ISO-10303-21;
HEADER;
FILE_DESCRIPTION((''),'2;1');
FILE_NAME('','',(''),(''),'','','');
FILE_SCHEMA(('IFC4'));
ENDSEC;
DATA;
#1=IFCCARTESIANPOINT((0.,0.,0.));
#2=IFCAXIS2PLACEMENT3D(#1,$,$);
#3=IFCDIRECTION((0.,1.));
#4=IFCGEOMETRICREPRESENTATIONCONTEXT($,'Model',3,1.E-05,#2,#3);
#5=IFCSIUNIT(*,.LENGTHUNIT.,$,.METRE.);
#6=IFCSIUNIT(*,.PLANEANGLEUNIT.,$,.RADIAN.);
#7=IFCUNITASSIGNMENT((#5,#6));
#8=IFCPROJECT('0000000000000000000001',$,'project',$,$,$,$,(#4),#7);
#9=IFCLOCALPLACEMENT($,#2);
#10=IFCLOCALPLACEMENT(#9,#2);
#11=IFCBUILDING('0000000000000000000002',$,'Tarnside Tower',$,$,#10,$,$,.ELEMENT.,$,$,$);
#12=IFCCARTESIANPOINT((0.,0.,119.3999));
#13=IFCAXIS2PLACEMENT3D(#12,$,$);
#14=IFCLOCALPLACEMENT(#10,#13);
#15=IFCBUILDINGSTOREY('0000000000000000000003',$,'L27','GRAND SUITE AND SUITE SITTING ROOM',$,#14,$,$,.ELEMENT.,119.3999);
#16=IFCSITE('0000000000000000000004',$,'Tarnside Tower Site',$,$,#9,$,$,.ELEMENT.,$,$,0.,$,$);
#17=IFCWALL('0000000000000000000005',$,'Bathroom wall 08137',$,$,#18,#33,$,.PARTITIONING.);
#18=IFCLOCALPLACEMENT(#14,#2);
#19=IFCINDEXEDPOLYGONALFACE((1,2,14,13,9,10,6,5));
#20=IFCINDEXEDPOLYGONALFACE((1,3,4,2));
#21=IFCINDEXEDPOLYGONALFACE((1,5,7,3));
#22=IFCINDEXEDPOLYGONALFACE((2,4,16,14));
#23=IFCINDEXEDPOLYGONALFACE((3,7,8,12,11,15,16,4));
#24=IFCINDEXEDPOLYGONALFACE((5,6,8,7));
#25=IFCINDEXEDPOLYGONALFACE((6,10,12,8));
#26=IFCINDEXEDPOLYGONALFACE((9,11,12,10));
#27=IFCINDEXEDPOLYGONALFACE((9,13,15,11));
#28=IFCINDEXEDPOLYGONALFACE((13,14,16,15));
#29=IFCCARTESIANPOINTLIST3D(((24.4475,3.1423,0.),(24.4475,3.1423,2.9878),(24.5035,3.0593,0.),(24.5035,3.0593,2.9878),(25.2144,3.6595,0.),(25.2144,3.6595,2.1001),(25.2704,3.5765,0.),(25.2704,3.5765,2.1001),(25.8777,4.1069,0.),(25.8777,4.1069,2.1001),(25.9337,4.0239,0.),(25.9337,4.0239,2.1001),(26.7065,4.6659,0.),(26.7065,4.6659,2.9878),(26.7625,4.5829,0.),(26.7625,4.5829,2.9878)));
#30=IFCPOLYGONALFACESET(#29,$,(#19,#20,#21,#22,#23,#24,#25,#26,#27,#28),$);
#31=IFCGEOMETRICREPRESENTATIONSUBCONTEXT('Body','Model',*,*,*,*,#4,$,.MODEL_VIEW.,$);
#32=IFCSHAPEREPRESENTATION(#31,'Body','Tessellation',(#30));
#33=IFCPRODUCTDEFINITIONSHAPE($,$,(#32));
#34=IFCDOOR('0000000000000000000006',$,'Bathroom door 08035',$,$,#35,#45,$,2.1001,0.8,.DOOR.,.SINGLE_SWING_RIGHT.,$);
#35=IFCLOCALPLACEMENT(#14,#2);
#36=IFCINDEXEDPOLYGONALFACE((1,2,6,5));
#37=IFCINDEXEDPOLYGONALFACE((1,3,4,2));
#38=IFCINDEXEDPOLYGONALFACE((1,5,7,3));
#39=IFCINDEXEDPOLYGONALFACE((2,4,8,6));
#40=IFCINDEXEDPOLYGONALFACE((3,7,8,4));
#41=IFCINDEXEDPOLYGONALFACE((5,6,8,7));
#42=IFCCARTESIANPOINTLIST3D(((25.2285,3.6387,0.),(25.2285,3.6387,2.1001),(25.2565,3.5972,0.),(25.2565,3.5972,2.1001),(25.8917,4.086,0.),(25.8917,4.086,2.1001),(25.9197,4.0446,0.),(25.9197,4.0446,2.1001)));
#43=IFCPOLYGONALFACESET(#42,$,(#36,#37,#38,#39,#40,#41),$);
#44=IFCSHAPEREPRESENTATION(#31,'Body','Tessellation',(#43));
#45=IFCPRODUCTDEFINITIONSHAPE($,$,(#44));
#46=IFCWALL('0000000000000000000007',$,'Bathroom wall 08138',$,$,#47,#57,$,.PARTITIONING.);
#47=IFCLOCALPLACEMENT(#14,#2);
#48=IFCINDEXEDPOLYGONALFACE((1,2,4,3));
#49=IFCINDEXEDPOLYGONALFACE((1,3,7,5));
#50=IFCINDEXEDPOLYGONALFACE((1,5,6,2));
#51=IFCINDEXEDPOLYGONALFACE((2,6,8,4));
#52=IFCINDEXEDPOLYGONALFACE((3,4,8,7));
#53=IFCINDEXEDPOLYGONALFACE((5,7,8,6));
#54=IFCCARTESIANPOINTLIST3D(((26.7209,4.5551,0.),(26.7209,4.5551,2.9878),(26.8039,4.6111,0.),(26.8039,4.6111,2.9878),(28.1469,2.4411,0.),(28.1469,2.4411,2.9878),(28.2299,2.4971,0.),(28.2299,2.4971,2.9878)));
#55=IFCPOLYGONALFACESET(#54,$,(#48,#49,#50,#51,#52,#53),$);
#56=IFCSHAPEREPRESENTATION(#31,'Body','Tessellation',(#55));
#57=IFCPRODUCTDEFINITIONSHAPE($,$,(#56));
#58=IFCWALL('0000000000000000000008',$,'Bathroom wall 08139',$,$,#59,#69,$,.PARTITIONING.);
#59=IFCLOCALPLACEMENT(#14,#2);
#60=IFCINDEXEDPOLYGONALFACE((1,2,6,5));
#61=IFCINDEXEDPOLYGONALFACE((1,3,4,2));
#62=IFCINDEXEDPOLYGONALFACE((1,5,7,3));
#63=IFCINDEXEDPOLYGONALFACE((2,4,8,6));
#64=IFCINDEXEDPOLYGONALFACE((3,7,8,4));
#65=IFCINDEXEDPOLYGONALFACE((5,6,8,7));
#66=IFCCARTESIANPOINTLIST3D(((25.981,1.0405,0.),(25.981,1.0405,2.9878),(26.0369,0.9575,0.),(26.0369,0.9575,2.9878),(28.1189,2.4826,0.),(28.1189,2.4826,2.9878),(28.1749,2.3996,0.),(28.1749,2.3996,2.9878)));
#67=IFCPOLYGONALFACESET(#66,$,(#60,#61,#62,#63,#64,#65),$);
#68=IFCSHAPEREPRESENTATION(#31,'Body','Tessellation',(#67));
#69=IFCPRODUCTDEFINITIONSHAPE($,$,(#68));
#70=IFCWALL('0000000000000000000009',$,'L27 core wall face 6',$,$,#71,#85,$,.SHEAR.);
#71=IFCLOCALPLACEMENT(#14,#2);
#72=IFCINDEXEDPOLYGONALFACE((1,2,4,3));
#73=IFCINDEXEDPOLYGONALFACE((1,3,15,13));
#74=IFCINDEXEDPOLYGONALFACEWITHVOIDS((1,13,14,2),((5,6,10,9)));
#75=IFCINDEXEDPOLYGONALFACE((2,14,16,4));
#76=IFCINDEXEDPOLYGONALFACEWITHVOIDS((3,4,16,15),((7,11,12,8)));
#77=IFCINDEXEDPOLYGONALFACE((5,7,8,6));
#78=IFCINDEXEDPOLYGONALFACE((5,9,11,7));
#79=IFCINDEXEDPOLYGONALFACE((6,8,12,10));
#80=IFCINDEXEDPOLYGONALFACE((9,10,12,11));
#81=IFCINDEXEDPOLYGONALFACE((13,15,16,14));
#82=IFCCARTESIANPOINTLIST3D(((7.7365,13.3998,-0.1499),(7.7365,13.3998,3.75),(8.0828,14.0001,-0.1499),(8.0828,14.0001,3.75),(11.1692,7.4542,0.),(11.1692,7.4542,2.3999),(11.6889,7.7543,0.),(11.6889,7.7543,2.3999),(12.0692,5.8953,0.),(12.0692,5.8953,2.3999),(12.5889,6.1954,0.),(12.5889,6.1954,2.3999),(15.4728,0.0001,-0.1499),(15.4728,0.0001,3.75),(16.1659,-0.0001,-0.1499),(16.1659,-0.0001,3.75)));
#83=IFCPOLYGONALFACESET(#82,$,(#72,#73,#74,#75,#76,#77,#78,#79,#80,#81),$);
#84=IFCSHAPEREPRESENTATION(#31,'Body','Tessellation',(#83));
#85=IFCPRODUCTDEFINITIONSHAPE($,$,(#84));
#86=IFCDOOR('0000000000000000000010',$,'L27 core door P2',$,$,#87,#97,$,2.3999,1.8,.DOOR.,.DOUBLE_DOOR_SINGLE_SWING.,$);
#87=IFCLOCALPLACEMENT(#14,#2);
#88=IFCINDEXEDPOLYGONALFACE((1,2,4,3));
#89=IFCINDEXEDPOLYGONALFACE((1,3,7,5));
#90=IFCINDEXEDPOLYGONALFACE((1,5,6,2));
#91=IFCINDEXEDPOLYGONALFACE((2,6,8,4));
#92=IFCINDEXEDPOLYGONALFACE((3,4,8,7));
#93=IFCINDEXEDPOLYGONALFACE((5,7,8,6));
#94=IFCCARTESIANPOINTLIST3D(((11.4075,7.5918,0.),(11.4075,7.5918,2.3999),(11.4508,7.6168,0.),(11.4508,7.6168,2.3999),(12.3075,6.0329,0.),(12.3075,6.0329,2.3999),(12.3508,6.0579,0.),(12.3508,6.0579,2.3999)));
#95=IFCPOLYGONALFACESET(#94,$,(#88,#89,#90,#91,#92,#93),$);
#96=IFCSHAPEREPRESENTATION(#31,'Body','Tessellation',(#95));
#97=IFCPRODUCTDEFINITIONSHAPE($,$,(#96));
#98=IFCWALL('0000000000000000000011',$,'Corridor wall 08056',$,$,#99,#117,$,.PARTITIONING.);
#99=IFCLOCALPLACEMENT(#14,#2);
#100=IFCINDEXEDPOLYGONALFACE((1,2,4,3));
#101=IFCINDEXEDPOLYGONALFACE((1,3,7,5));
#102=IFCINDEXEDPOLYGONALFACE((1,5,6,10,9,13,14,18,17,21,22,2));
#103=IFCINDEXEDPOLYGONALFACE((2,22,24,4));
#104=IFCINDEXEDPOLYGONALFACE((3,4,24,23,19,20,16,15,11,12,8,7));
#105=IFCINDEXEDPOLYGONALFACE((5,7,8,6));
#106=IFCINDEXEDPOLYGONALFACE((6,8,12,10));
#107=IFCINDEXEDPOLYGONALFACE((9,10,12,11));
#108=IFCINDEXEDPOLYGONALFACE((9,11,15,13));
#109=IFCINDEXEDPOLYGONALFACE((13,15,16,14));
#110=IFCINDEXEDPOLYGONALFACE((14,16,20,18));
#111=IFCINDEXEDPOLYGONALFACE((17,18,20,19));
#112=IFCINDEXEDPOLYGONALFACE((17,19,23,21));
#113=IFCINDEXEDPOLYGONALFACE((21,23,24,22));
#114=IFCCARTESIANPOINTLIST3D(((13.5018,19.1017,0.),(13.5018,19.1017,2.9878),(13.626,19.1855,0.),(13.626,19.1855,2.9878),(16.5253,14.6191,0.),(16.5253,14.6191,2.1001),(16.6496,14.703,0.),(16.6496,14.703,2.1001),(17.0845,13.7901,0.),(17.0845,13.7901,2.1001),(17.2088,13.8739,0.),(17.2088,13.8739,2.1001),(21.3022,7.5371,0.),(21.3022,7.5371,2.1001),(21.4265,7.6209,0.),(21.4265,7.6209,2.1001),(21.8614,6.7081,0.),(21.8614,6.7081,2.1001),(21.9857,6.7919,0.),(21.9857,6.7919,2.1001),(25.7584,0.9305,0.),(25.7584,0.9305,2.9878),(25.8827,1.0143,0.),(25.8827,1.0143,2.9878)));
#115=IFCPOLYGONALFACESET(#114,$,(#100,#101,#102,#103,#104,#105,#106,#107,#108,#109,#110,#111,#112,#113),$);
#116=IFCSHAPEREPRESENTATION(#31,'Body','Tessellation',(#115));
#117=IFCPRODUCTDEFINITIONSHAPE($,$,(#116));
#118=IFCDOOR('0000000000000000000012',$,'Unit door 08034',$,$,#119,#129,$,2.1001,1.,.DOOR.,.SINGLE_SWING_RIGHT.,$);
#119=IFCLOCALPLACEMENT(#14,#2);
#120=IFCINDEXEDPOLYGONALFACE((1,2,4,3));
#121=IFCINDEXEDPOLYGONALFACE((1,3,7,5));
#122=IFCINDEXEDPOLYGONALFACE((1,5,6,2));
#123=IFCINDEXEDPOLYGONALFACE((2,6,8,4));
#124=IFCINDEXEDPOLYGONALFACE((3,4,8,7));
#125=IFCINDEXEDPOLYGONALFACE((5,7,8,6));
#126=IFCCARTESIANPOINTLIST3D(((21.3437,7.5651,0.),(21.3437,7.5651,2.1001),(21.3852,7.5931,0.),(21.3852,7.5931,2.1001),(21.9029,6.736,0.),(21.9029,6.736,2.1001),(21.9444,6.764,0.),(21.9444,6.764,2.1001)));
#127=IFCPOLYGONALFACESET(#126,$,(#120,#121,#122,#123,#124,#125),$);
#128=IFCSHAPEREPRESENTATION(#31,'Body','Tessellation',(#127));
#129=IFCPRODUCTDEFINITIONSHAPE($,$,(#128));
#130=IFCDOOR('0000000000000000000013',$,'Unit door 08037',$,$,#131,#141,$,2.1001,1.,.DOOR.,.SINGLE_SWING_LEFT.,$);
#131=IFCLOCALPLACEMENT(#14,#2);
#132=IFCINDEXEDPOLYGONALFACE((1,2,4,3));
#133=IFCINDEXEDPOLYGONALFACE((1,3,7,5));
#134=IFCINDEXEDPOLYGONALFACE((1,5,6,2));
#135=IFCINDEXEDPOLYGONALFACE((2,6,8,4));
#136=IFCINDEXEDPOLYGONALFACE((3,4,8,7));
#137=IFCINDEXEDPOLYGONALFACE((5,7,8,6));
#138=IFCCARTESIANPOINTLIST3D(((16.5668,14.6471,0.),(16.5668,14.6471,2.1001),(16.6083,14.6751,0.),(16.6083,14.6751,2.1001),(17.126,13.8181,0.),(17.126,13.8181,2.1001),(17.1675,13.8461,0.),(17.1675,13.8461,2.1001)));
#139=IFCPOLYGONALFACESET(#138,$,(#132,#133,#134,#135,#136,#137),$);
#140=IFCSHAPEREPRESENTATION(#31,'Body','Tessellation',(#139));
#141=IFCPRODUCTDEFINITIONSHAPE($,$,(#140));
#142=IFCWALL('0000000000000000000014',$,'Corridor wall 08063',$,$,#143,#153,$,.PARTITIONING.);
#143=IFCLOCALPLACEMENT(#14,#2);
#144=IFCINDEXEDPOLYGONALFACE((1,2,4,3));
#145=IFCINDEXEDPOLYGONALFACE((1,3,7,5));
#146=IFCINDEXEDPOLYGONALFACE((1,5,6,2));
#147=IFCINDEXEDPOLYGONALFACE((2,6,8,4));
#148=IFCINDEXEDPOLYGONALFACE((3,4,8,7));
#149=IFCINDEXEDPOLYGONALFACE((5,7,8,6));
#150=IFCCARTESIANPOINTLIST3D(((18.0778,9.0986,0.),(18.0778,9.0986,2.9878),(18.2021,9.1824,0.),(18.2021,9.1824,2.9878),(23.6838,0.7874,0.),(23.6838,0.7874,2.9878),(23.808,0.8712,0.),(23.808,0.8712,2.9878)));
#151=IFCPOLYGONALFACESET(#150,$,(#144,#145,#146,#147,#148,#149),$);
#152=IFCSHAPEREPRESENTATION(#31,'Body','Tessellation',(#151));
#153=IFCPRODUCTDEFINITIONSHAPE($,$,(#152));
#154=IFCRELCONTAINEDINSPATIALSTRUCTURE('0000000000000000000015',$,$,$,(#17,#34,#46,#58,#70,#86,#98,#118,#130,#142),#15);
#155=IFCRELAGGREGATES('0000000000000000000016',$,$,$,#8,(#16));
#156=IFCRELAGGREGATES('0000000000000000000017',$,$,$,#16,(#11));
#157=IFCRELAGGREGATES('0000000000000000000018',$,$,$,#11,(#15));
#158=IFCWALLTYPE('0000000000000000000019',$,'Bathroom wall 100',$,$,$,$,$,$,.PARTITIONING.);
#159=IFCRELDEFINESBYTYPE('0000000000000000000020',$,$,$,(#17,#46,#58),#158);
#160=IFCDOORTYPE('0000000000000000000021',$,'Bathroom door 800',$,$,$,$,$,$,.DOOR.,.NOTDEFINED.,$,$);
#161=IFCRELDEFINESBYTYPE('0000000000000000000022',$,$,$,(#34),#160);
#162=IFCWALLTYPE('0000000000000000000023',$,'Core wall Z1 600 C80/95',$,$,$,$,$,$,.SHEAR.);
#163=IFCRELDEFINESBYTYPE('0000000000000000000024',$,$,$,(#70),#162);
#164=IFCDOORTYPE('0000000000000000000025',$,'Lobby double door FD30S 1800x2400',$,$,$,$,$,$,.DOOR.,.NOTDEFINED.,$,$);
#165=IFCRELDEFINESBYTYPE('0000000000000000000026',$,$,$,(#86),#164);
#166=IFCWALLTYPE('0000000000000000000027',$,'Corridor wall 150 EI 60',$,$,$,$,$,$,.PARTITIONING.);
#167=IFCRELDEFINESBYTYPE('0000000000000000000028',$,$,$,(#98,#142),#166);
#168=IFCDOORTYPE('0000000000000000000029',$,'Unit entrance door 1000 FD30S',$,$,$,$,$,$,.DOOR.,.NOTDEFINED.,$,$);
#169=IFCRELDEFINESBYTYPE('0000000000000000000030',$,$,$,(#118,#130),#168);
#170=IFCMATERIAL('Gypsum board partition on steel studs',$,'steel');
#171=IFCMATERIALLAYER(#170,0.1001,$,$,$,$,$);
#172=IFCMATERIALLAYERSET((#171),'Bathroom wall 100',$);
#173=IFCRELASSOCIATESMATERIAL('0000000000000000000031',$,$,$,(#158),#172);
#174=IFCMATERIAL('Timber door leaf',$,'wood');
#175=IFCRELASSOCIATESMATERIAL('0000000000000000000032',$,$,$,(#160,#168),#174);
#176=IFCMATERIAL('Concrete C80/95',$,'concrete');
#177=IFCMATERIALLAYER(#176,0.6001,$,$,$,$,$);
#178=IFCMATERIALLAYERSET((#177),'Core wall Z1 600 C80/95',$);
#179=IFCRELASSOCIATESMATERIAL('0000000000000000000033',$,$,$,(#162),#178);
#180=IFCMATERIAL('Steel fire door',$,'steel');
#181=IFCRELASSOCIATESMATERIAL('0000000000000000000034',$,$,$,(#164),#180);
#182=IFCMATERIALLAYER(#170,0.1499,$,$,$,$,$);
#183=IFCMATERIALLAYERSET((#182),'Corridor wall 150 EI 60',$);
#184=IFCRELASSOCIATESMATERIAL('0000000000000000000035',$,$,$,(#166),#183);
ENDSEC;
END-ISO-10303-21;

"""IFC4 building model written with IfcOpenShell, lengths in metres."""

from ifc_helpers import new_model, si_unit, direction, frame, frame_2d, origin, place, context, subcontext, project, spatial, polyline, rectangle, outline, extrude, material, layer, layer_set, type_object, element, fill, save


model = new_model("IFC4")

# Units and contexts
model_context = context("Model", 3, precision=1e-05, world=origin(), true_north=direction((0.0, 1.0)))
body_context = subcontext(model_context, "Body", "Model", "MODEL_VIEW")
ifc_project = project(units=[si_unit("LENGTHUNIT", "METRE"), si_unit("PLANEANGLEUNIT", "RADIAN")], contexts=[model_context])

# Site, building, storey
site_placement = place(None, origin())
site = spatial("IfcSite", under=ifc_project, at=site_placement, Name="Tarnside Tower Site", CompositionType="ELEMENT", RefElevation=0.0)
building_placement = place(site_placement, origin())
building = spatial("IfcBuilding", under=site, at=building_placement, Name="Tarnside Tower", CompositionType="ELEMENT")
storey_placement = place(building_placement, frame((0.0, 0.0, 119.3999)))
storey = spatial("IfcBuildingStorey", under=building, at=storey_placement, Name="L27", Description="GRAND SUITE AND SUITE SITTING ROOM", CompositionType="ELEMENT", Elevation=119.3999)

# Wall, opening, door
ifc_material_1 = material(Name="Gypsum board partition on steel studs", Category="steel")
ifc_layer_1 = layer(ifc_material_1, 0.1001)
ifc_layer_set_1 = layer_set([ifc_layer_1], Name="Bathroom wall 100")
wall_type_1 = type_object("IfcWallType", Name="Bathroom wall 100", PredefinedType="PARTITIONING", material=ifc_layer_set_1)
wall_1_placement = place(storey_placement, frame((24.4756, 3.1008, 0.0), z_axis=(0.0, 0.0, 1.0), x_axis=(0.829047, 0.559179, 0.0)))
wall_1 = element("IfcWall", 1, at=wall_1_placement, inside=storey, type_object=wall_type_1, Name="Bathroom wall 08137", PredefinedType="PARTITIONING", context=body_context, shape_type="SweptSolid", body=[
    extrude(rectangle(XDim=2.7249, YDim=0.1001, at=frame_2d((1.3623, 0.0))), origin(), (0.0, 0.0, 1.0), 2.9878),
])
opening_1_placement = place(wall_1_placement, frame((0.925, 0.0, 0.0)))
opening_1 = element("IfcOpeningElement", 2, at=opening_1_placement, cuts=wall_1, PredefinedType="OPENING", context=body_context, shape_type="SweptSolid", body=[
    extrude(rectangle(XDim=0.8, YDim=2.1001, at=frame_2d((0.3999, 1.05))), frame((0.0, 0.0601, 0.0), z_axis=(0.0, -1.0, 0.0), x_axis=(1.0, 0.0, 0.0)), (0.0, 0.0, 1.0), 0.1201),
])
ifc_material_2 = material(Name="Timber door leaf", Category="wood")
door_type_1 = type_object("IfcDoorType", Name="Bathroom door 800", OperationType="NOTDEFINED", PredefinedType="DOOR", material=ifc_material_2)
door_1_placement = place(opening_1_placement, origin())
door_1 = element("IfcDoor", 3, at=door_1_placement, inside=storey, type_object=door_type_1, Name="Bathroom door 08035", OperationType="SINGLE_SWING_RIGHT", OverallHeight=2.1001, OverallWidth=0.8, PredefinedType="DOOR", context=body_context, shape_type="SweptSolid", body=[
    extrude(rectangle(XDim=0.8, YDim=2.1001, at=frame_2d((0.3999, 1.05))), frame((0.0, 0.0249, 0.0), z_axis=(0.0, -1.0, 0.0), x_axis=(1.0, 0.0, 0.0)), (0.0, 0.0, 1.0), 0.05),
])
fill(opening_1, door_1)

# Walls
wall_2_placement = place(storey_placement, frame((26.7625, 4.583, 0.0), z_axis=(0.0, 0.0, 1.0), x_axis=(0.559221, -0.829018, 0.0)))
element("IfcWall", 4, at=wall_2_placement, inside=storey, type_object=wall_type_1, Name="Bathroom wall 08138", PredefinedType="PARTITIONING", context=body_context, shape_type="SweptSolid", body=[
    extrude(rectangle(XDim=2.55, YDim=0.1001, at=frame_2d((1.2749, 0.0))), origin(), (0.0, 0.0, 1.0), 2.9878),
])
wall_3_placement = place(storey_placement, frame((28.147, 2.4412, 0.0), z_axis=(0.0, 0.0, 1.0), x_axis=(-0.829023, -0.559214, 0.0)))
element("IfcWall", 5, at=wall_3_placement, inside=storey, type_object=wall_type_1, Name="Bathroom wall 08139", PredefinedType="PARTITIONING", context=body_context, shape_type="SweptSolid", body=[
    extrude(rectangle(XDim=2.5789, YDim=0.1001, at=frame_2d((1.2896, 0.0))), origin(), (0.0, 0.0, 1.0), 2.9878),
])

# Wall, opening, door
ifc_material_3 = material(Name="Concrete C80/95", Category="concrete")
ifc_layer_2 = layer(ifc_material_3, 0.6001)
ifc_layer_set_2 = layer_set([ifc_layer_2], Name="Core wall Z1 600 C80/95")
wall_type_2 = type_object("IfcWallType", Name="Core wall Z1 600 C80/95", PredefinedType="SHEAR", material=ifc_layer_set_2)
wall_4_placement = place(storey_placement, frame((15.8193, 0.0, -0.1499), z_axis=(0.0, 0.0, 1.0), x_axis=(-0.5, 0.866025, 0.0)))
wall_4 = element("IfcWall", 6, at=wall_4_placement, inside=storey, type_object=wall_type_2, Name="L27 core wall face 6", PredefinedType="SHEAR", context=body_context, shape_type="SweptSolid", body=[
    extrude(outline(polyline([(-0.1733, -0.3), (15.9927, -0.3), (15.646, 0.3), (0.1733, 0.3), (-0.1733, -0.3)])), origin(), (0.0, 0.0, 1.0), 3.8999),
])
opening_2_placement = place(wall_4_placement, frame((6.9807, 0.0, 0.1499)))
opening_2 = element("IfcOpeningElement", 7, at=opening_2_placement, cuts=wall_4, PredefinedType="OPENING", context=body_context, shape_type="SweptSolid", body=[
    extrude(rectangle(XDim=1.8, YDim=2.3999, at=frame_2d((0.8999, 1.2))), frame((0.0, 0.3101, 0.0), z_axis=(0.0, -1.0, 0.0), x_axis=(1.0, 0.0, 0.0)), (0.0, 0.0, 1.0), 0.6201),
])
ifc_material_4 = material(Name="Steel fire door", Category="steel")
door_type_2 = type_object("IfcDoorType", Name="Lobby double door FD30S 1800x2400", OperationType="NOTDEFINED", PredefinedType="DOOR", material=ifc_material_4)
door_2_placement = place(opening_2_placement, origin())
door_2 = element("IfcDoor", 8, at=door_2_placement, inside=storey, type_object=door_type_2, Name="L27 core door P2", OperationType="DOUBLE_DOOR_SINGLE_SWING", OverallHeight=2.3999, OverallWidth=1.8, PredefinedType="DOOR", context=body_context, shape_type="SweptSolid", body=[
    extrude(rectangle(XDim=1.8, YDim=2.3999, at=frame_2d((0.8999, 1.2))), frame((0.0, 0.0249, 0.0), z_axis=(0.0, -1.0, 0.0), x_axis=(1.0, 0.0, 0.0)), (0.0, 0.0, 1.0), 0.05),
])
fill(opening_2, door_2)

# Wall, openings, doors
ifc_layer_3 = layer(ifc_material_1, 0.1499)
ifc_layer_set_3 = layer_set([ifc_layer_3], Name="Corridor wall 150 EI 60")
wall_type_3 = type_object("IfcWallType", Name="Corridor wall 150 EI 60", PredefinedType="PARTITIONING", material=ifc_layer_set_3)
wall_5_placement = place(storey_placement, frame((25.8206, 0.9724, 0.0), z_axis=(0.0, 0.0, 1.0), x_axis=(-0.559193, 0.829038, 0.0)))
wall_5 = element("IfcWall", 9, at=wall_5_placement, inside=storey, type_object=wall_type_3, Name="Corridor wall 08056", PredefinedType="PARTITIONING", context=body_context, shape_type="SweptSolid", body=[
    extrude(rectangle(XDim=21.9185, YDim=0.1499, at=frame_2d((10.9592, 0.0))), origin(), (0.0, 0.0, 1.0), 2.9878),
])
opening_3_placement = place(wall_5_placement, frame((6.969, 0.0, 0.0)))
opening_3 = element("IfcOpeningElement", 10, at=opening_3_placement, cuts=wall_5, PredefinedType="OPENING", context=body_context, shape_type="SweptSolid", body=[
    extrude(rectangle(XDim=1.0, YDim=2.1001, at=frame_2d((0.5, 1.05))), frame((0.0, 0.085, 0.0), z_axis=(0.0, -1.0, 0.0), x_axis=(1.0, 0.0, 0.0)), (0.0, 0.0, 1.0), 0.1699),
])
opening_4_placement = place(wall_5_placement, frame((15.5115, 0.0, 0.0)))
opening_4 = element("IfcOpeningElement", 11, at=opening_4_placement, cuts=wall_5, PredefinedType="OPENING", context=body_context, shape_type="SweptSolid", body=[
    extrude(rectangle(XDim=1.0, YDim=2.1001, at=frame_2d((0.5, 1.05))), frame((0.0, 0.085, 0.0), z_axis=(0.0, -1.0, 0.0), x_axis=(1.0, 0.0, 0.0)), (0.0, 0.0, 1.0), 0.1699),
])
door_type_3 = type_object("IfcDoorType", Name="Unit entrance door 1000 FD30S", OperationType="NOTDEFINED", PredefinedType="DOOR", material=ifc_material_2)
door_3_placement = place(opening_3_placement, origin())
door_3 = element("IfcDoor", 12, at=door_3_placement, inside=storey, type_object=door_type_3, Name="Unit door 08034", OperationType="SINGLE_SWING_RIGHT", OverallHeight=2.1001, OverallWidth=1.0, PredefinedType="DOOR", context=body_context, shape_type="SweptSolid", body=[
    extrude(rectangle(XDim=1.0, YDim=2.1001, at=frame_2d((0.5, 1.05))), frame((0.0, 0.0249, 0.0), z_axis=(0.0, -1.0, 0.0), x_axis=(1.0, 0.0, 0.0)), (0.0, 0.0, 1.0), 0.05),
])
fill(opening_3, door_3)
door_4_placement = place(opening_4_placement, origin())
door_4 = element("IfcDoor", 13, at=door_4_placement, inside=storey, type_object=door_type_3, Name="Unit door 08037", OperationType="SINGLE_SWING_LEFT", OverallHeight=2.1001, OverallWidth=1.0, PredefinedType="DOOR", context=body_context, shape_type="SweptSolid", body=[
    extrude(rectangle(XDim=1.0, YDim=2.1001, at=frame_2d((0.5, 1.05))), frame((0.0, 0.0249, 0.0), z_axis=(0.0, -1.0, 0.0), x_axis=(1.0, 0.0, 0.0)), (0.0, 0.0, 1.0), 0.05),
])
fill(opening_4, door_4)

# Wall
wall_6_placement = place(storey_placement, frame((18.1399, 9.1406, 0.0), z_axis=(0.0, 0.0, 1.0), x_axis=(0.559188, -0.829041, 0.0)))
element("IfcWall", 14, at=wall_6_placement, inside=storey, type_object=wall_type_3, Name="Corridor wall 08063", PredefinedType="PARTITIONING", context=body_context, shape_type="SweptSolid", body=[
    extrude(rectangle(XDim=10.0251, YDim=0.1499, at=frame_2d((5.0127, 0.0))), origin(), (0.0, 0.0, 1.0), 2.9878),
])

save(model, "model.ifc")
